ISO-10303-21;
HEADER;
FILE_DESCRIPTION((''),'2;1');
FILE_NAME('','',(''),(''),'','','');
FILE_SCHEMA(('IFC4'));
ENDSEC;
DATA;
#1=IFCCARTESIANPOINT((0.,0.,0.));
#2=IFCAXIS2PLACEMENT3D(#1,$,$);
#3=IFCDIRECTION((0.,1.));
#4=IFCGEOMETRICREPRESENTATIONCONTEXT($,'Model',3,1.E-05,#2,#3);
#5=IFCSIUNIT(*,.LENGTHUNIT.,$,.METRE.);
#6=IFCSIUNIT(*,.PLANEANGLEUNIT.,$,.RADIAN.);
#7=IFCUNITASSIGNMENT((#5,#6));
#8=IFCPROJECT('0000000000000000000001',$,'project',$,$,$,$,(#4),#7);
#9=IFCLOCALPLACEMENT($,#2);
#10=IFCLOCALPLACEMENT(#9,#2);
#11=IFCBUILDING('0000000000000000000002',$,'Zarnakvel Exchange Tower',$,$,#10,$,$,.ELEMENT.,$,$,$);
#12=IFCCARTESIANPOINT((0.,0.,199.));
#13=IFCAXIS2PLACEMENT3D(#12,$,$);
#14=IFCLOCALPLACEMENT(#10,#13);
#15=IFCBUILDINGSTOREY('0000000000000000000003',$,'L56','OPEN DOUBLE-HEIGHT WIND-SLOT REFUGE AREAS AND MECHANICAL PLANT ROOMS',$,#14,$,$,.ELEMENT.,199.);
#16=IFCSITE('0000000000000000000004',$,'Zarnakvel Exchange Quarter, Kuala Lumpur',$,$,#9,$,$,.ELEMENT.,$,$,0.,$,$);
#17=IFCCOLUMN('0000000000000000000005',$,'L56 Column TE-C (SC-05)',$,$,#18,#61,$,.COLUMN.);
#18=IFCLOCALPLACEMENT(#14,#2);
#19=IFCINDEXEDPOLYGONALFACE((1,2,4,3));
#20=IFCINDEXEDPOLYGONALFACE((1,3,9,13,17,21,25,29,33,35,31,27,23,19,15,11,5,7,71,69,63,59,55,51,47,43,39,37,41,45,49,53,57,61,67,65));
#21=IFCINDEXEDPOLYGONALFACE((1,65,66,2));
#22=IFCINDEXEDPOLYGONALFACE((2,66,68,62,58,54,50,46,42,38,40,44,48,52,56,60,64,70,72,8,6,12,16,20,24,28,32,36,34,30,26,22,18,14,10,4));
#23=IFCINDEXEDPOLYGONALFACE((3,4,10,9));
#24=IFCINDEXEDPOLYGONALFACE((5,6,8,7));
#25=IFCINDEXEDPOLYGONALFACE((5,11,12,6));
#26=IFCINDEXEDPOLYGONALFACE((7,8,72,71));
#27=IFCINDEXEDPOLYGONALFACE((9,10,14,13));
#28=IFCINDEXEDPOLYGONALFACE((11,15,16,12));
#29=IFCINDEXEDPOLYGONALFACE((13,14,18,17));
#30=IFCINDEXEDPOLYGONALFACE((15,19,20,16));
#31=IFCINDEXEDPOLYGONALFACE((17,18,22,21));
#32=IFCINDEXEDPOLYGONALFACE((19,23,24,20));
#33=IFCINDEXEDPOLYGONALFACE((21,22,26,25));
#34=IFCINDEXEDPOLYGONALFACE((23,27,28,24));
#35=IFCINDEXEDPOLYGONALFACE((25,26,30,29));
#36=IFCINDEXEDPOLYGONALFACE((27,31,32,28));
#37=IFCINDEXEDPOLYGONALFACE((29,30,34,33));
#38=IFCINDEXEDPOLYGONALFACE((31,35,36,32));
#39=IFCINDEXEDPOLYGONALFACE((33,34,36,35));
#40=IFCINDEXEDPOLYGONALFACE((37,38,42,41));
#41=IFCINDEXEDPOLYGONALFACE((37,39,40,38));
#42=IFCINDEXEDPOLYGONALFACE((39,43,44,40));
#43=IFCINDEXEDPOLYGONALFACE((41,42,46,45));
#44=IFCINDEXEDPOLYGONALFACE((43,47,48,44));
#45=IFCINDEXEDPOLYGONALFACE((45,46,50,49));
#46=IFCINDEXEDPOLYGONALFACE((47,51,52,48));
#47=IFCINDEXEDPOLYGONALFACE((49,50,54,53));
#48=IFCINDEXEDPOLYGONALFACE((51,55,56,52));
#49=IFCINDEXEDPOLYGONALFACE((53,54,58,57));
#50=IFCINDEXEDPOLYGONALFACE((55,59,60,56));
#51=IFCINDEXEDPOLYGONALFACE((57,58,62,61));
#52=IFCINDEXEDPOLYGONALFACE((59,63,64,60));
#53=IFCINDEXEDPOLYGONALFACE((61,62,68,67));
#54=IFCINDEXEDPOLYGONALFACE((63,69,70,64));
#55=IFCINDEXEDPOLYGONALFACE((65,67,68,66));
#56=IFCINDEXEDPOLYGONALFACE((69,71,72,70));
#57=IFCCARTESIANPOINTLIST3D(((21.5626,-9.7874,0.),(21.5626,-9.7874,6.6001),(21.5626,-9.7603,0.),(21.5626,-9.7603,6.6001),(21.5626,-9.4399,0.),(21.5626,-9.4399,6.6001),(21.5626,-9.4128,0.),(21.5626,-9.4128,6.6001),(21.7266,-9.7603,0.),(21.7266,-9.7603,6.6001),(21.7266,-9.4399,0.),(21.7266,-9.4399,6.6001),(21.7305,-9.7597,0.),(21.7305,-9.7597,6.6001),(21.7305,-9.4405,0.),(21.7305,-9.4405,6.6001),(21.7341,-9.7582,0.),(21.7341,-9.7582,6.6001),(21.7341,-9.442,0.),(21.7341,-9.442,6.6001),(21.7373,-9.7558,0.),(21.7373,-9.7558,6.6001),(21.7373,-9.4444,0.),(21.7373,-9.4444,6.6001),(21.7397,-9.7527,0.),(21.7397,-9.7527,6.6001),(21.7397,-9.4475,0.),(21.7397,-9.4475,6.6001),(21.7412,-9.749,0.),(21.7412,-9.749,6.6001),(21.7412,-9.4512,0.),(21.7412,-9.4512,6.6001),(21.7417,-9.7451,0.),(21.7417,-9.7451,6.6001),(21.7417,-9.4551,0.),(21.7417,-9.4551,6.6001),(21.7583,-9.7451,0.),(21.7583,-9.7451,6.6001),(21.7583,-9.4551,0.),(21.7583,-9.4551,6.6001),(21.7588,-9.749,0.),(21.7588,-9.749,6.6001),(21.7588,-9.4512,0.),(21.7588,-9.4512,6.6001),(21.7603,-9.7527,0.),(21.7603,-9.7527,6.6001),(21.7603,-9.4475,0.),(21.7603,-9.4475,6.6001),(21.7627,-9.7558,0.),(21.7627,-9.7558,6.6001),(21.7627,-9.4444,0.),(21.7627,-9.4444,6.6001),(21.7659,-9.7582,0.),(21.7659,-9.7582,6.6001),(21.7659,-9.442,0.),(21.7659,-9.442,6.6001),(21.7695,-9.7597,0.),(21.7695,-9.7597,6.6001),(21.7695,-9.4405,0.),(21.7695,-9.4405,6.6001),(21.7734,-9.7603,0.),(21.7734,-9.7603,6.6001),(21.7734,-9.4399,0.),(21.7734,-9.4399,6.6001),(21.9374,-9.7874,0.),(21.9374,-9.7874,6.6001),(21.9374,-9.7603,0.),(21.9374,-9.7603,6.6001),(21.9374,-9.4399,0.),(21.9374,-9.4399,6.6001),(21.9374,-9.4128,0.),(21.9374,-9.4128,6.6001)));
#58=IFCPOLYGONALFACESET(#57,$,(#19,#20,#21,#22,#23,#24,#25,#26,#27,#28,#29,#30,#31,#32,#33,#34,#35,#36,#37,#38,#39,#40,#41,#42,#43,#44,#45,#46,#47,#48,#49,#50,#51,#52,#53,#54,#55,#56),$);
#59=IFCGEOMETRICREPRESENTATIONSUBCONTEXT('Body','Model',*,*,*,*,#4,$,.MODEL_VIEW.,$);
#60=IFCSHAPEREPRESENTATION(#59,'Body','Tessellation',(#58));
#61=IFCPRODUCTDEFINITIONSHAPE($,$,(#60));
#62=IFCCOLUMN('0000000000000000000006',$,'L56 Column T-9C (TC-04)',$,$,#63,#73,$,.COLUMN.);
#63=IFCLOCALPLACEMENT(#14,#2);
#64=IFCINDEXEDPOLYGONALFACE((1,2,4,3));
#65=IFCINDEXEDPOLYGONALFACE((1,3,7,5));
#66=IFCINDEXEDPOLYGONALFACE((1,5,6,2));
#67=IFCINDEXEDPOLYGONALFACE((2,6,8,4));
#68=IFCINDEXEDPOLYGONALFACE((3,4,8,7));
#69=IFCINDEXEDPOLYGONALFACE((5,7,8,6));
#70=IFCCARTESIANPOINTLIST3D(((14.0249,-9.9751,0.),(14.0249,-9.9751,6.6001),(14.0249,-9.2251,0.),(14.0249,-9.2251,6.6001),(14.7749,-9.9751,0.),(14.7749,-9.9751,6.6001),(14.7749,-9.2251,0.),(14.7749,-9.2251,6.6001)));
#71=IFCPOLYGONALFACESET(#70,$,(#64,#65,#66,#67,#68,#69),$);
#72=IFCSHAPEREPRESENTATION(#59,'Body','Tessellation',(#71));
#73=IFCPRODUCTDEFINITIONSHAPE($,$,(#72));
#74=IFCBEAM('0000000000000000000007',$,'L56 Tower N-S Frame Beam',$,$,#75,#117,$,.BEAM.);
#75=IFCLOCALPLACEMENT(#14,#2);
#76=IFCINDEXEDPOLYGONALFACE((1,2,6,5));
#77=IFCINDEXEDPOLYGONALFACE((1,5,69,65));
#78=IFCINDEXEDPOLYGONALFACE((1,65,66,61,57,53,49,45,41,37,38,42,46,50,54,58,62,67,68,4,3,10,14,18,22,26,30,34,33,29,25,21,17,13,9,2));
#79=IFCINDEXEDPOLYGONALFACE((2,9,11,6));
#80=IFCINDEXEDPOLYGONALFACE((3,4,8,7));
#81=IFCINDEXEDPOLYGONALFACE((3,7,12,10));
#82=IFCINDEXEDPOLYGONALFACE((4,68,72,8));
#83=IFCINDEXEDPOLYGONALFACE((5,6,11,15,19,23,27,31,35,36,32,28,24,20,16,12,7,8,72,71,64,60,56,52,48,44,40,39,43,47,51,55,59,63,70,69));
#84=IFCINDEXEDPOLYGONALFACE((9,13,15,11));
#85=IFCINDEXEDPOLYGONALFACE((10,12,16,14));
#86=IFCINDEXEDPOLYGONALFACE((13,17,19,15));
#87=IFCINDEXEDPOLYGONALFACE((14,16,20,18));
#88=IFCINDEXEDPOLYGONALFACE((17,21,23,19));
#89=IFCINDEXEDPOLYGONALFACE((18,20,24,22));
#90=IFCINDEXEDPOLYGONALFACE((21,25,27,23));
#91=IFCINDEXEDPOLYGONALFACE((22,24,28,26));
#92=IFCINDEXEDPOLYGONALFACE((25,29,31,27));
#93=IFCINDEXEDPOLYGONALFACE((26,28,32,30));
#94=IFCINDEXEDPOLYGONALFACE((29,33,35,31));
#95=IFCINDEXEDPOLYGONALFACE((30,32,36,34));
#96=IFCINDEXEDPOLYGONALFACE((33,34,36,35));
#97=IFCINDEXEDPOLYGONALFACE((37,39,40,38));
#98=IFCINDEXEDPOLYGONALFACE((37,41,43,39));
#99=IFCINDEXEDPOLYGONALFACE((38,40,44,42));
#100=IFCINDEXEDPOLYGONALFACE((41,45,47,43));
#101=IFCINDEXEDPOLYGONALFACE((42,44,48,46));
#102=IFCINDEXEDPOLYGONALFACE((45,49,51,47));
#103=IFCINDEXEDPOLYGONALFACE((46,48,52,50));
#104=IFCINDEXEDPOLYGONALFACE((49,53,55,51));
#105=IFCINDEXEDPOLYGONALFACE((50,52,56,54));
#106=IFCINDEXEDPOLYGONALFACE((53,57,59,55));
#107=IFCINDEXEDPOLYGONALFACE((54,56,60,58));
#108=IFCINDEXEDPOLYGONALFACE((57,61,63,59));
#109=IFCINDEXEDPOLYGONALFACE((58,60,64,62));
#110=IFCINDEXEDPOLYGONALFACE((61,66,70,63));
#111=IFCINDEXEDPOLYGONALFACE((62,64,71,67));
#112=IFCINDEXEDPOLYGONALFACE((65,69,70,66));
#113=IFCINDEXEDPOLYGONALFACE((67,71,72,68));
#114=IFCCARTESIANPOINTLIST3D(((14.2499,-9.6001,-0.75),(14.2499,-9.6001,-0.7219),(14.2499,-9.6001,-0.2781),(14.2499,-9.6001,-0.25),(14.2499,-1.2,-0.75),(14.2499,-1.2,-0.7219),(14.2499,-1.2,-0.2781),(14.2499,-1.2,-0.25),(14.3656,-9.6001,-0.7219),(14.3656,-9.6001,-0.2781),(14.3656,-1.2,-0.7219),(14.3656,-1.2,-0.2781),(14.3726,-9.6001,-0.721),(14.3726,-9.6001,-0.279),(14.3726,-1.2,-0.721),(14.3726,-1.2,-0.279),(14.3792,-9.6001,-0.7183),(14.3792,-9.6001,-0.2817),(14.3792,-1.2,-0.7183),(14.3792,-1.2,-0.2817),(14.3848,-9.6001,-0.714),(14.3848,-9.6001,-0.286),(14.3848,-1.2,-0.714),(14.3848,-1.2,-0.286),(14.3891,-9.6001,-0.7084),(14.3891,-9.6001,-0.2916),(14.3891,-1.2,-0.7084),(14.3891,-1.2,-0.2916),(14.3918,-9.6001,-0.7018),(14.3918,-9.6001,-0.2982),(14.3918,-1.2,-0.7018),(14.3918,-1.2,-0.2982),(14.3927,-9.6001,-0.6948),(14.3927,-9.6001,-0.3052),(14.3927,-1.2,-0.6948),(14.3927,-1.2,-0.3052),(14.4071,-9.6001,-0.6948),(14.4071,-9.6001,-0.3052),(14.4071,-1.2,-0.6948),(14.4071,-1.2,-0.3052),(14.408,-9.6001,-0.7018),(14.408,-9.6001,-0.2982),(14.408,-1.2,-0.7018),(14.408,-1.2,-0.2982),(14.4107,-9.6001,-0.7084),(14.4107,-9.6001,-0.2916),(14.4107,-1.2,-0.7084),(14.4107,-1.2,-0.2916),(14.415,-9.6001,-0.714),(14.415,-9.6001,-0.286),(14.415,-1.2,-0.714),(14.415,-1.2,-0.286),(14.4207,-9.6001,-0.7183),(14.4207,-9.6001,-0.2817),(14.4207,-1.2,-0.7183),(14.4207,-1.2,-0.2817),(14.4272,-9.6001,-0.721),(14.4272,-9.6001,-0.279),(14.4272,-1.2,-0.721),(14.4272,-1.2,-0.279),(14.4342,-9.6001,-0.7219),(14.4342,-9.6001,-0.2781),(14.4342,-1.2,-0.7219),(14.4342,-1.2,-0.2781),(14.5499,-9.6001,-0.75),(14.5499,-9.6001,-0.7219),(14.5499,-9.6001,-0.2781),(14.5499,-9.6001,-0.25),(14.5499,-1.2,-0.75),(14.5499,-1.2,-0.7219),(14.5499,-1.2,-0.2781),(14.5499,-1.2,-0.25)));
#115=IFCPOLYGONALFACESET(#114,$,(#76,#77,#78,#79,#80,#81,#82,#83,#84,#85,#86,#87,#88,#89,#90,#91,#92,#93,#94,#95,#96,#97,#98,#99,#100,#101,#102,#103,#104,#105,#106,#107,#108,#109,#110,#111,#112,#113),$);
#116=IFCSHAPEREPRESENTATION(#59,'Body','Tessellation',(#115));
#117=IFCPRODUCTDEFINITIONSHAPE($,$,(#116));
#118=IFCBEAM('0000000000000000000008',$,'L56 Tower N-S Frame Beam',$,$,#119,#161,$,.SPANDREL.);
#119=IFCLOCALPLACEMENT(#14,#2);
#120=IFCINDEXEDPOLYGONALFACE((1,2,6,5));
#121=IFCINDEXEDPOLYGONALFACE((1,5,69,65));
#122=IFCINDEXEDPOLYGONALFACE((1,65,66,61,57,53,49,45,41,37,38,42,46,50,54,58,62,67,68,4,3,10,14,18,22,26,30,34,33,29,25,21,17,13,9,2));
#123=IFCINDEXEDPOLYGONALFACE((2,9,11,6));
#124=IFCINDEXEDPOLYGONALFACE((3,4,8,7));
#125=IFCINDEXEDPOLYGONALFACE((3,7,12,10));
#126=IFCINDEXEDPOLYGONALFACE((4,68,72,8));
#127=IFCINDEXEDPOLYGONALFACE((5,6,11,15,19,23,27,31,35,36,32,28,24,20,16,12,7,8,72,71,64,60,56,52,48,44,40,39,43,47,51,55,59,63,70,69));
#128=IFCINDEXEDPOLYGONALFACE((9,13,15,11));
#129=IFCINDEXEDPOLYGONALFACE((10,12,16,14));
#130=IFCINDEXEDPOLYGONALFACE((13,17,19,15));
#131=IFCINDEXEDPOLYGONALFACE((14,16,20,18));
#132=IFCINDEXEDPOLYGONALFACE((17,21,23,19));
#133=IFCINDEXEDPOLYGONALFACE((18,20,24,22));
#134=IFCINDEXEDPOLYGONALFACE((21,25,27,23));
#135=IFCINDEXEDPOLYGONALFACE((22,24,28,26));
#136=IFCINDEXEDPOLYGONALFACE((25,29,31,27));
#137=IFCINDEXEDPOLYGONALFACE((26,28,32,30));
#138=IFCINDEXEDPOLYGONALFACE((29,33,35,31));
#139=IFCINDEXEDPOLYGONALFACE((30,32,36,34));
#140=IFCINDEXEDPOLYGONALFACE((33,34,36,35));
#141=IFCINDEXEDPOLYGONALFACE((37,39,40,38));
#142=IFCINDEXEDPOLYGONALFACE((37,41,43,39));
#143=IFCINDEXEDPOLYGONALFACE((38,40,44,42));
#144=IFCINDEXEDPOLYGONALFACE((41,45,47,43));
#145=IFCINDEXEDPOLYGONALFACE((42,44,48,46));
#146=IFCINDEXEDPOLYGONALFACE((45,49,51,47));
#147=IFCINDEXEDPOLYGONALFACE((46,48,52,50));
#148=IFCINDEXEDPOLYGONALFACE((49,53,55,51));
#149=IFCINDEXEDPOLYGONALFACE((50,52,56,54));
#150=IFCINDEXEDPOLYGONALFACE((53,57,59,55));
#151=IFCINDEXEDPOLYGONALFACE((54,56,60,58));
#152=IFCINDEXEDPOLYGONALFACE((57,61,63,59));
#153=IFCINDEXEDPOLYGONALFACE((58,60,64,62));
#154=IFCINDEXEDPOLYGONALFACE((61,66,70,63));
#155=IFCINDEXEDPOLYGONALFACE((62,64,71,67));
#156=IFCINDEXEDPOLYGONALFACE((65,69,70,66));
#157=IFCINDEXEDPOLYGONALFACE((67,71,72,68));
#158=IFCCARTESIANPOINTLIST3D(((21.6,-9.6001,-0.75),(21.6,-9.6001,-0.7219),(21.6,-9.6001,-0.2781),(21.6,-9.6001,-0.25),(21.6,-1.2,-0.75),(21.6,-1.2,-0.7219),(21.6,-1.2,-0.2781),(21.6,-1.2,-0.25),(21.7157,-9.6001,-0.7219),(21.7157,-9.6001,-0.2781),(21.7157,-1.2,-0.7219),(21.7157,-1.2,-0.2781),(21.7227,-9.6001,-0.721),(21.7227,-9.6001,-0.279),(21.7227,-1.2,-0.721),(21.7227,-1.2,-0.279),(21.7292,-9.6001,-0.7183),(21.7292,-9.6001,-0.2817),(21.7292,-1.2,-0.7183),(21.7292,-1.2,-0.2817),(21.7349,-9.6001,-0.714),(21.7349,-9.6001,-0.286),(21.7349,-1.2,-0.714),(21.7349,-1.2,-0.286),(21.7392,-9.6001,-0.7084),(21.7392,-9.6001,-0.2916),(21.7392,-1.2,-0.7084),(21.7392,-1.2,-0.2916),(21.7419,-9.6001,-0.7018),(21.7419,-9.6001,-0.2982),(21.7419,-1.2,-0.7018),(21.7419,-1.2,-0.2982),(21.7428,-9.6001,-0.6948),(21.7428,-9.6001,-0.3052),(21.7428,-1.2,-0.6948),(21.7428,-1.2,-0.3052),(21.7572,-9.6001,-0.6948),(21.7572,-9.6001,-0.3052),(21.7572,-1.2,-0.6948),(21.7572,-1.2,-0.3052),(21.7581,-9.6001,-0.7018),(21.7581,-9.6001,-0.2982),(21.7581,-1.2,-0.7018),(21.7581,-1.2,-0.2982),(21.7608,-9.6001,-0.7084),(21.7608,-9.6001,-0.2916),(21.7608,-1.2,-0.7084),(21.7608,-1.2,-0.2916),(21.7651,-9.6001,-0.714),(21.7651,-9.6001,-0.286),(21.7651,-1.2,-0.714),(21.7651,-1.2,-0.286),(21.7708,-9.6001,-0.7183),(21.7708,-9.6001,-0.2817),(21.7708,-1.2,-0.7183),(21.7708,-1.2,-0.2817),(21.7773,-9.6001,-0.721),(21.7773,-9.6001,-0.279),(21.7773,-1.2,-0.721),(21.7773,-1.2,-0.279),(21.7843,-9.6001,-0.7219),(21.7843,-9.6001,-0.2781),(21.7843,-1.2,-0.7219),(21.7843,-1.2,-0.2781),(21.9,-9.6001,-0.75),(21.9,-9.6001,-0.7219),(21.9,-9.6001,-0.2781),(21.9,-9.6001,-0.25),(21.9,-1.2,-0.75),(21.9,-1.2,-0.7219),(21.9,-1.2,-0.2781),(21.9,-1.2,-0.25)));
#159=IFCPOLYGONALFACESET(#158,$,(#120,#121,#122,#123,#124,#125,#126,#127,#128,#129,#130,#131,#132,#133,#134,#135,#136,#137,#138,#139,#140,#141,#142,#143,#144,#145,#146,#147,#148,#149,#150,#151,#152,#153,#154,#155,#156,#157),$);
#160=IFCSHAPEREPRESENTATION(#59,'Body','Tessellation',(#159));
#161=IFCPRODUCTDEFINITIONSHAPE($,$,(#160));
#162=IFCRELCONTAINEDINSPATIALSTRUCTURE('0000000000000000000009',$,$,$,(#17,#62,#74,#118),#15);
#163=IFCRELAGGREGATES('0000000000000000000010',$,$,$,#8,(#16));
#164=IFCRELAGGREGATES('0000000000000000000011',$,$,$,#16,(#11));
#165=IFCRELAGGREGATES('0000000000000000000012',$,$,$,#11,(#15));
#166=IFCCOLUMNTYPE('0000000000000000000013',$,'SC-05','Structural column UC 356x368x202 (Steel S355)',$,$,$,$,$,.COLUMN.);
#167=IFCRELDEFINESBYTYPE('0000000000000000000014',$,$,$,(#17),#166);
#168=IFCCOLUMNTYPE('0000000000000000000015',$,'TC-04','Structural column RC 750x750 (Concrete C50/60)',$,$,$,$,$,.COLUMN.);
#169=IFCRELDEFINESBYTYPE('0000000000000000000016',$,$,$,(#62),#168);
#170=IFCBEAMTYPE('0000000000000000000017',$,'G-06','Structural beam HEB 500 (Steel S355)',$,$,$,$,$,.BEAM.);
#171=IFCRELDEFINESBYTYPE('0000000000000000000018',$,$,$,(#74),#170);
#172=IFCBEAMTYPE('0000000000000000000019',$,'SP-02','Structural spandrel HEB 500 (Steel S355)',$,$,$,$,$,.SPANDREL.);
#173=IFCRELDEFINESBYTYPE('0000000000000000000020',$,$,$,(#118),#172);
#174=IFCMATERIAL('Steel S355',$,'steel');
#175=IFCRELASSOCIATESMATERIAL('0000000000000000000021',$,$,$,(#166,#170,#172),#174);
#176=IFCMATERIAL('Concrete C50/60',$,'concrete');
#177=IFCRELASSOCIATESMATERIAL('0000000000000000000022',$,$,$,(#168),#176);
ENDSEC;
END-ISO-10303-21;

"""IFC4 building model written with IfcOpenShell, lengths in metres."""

from ifc_helpers import new_model, si_unit, direction, frame, origin, origin_2d, place, context, subcontext, project, spatial, rectangle, i_section, extrude, material, material_profile, profile_set, type_object, element, save


model = new_model("IFC4")

# Units and contexts
model_context = context("Model", 3, precision=1e-05, world=origin(), true_north=direction((0.0, 1.0)))
body_context = subcontext(model_context, "Body", "Model", "MODEL_VIEW")
ifc_project = project(units=[si_unit("LENGTHUNIT", "METRE"), si_unit("PLANEANGLEUNIT", "RADIAN")], contexts=[model_context])

# Site, building, storey
site_placement = place(None, origin())
site = spatial("IfcSite", under=ifc_project, at=site_placement, Name="Zarnakvel Exchange Quarter, Kuala Lumpur", CompositionType="ELEMENT", RefElevation=0.0)
building_placement = place(site_placement, origin())
building = spatial("IfcBuilding", under=site, at=building_placement, Name="Zarnakvel Exchange Tower", CompositionType="ELEMENT")
storey_placement = place(building_placement, frame((0.0, 0.0, 199.0)))
storey = spatial("IfcBuildingStorey", under=building, at=storey_placement, Name="L56", Description="OPEN DOUBLE-HEIGHT WIND-SLOT REFUGE AREAS AND MECHANICAL PLANT ROOMS", CompositionType="ELEMENT", Elevation=199.0)

# Columns
ifc_material_1 = material(Name="Steel S355", Category="steel")
ifc_material_profile_1 = material_profile(ifc_material_1, i_section(OverallWidth=0.3748, OverallDepth=0.3745, WebThickness=0.0166, FlangeThickness=0.0271, FilletRadius=0.0151, at=origin_2d()))
ifc_profile_set_1 = profile_set([ifc_material_profile_1], Name="Steel S355")
column_type_1 = type_object("IfcColumnType", Name="SC-05", Description="Structural column UC 356x368x202 (Steel S355)", PredefinedType="COLUMN", material=ifc_profile_set_1)
column_1_placement = place(storey_placement, frame((21.75, -9.6001, 0.0), z_axis=(0.0, 0.0, 1.0), x_axis=(1.0, 0.0, 0.0)))
element("IfcColumn", 1, at=column_1_placement, inside=storey, type_object=column_type_1, Name="L56 Column TE-C (SC-05)", PredefinedType="COLUMN", context=body_context, shape_type="SweptSolid", body=[
    extrude(i_section(OverallWidth=0.3748, OverallDepth=0.3745, WebThickness=0.0166, FlangeThickness=0.0271, FilletRadius=0.0151, at=origin_2d()), origin(), (0.0, 0.0, 1.0), 6.6001),
])
ifc_material_2 = material(Name="Concrete C50/60", Category="concrete")
ifc_material_profile_2 = material_profile(ifc_material_2, rectangle(XDim=0.75, YDim=0.75, at=origin_2d()))
ifc_profile_set_2 = profile_set([ifc_material_profile_2], Name="Concrete C50/60")
column_type_2 = type_object("IfcColumnType", Name="TC-04", Description="Structural column RC 750x750 (Concrete C50/60)", PredefinedType="COLUMN", material=ifc_profile_set_2)
column_2_placement = place(storey_placement, frame((14.3999, -9.6001, 0.0), z_axis=(0.0, 0.0, 1.0), x_axis=(1.0, 0.0, 0.0)))
element("IfcColumn", 2, at=column_2_placement, inside=storey, type_object=column_type_2, Name="L56 Column T-9C (TC-04)", PredefinedType="COLUMN", context=body_context, shape_type="SweptSolid", body=[
    extrude(rectangle(XDim=0.75, YDim=0.75, at=origin_2d()), origin(), (0.0, 0.0, 1.0), 6.6001),
])

# Beams
ifc_material_profile_3 = material_profile(ifc_material_1, i_section(OverallWidth=0.3, OverallDepth=0.5, WebThickness=0.0144, FlangeThickness=0.0281, FilletRadius=0.0271, at=origin_2d()))
ifc_profile_set_3 = profile_set([ifc_material_profile_3], Name="Steel S355")
beam_type_1 = type_object("IfcBeamType", Name="G-06", Description="Structural beam HEB 500 (Steel S355)", PredefinedType="BEAM", material=ifc_profile_set_3)
beam_1_placement = place(storey_placement, frame((14.3999, -9.6001, -0.5), z_axis=(0.0, 1.0, 0.0), x_axis=(-1.0, 0.0, 0.0)))
element("IfcBeam", 3, at=beam_1_placement, inside=storey, type_object=beam_type_1, Name="L56 Tower N-S Frame Beam", PredefinedType="BEAM", context=body_context, shape_type="SweptSolid", body=[
    extrude(i_section(OverallWidth=0.3, OverallDepth=0.5, WebThickness=0.0144, FlangeThickness=0.0281, FilletRadius=0.0271, at=origin_2d()), origin(), (0.0, 0.0, 1.0), 8.4001),
])
ifc_material_profile_4 = material_profile(ifc_material_1, i_section(OverallWidth=0.3, OverallDepth=0.5, WebThickness=0.0144, FlangeThickness=0.0281, FilletRadius=0.0271, at=origin_2d()))
ifc_profile_set_4 = profile_set([ifc_material_profile_4], Name="Steel S355")
beam_type_2 = type_object("IfcBeamType", Name="SP-02", Description="Structural spandrel HEB 500 (Steel S355)", PredefinedType="SPANDREL", material=ifc_profile_set_4)
beam_2_placement = place(storey_placement, frame((21.75, -9.6001, -0.5), z_axis=(0.0, 1.0, 0.0), x_axis=(-1.0, 0.0, 0.0)))
element("IfcBeam", 4, at=beam_2_placement, inside=storey, type_object=beam_type_2, Name="L56 Tower N-S Frame Beam", PredefinedType="SPANDREL", context=body_context, shape_type="SweptSolid", body=[
    extrude(i_section(OverallWidth=0.3, OverallDepth=0.5, WebThickness=0.0144, FlangeThickness=0.0281, FilletRadius=0.0271, at=origin_2d()), origin(), (0.0, 0.0, 1.0), 8.4001),
])

save(model, "model.ifc")
